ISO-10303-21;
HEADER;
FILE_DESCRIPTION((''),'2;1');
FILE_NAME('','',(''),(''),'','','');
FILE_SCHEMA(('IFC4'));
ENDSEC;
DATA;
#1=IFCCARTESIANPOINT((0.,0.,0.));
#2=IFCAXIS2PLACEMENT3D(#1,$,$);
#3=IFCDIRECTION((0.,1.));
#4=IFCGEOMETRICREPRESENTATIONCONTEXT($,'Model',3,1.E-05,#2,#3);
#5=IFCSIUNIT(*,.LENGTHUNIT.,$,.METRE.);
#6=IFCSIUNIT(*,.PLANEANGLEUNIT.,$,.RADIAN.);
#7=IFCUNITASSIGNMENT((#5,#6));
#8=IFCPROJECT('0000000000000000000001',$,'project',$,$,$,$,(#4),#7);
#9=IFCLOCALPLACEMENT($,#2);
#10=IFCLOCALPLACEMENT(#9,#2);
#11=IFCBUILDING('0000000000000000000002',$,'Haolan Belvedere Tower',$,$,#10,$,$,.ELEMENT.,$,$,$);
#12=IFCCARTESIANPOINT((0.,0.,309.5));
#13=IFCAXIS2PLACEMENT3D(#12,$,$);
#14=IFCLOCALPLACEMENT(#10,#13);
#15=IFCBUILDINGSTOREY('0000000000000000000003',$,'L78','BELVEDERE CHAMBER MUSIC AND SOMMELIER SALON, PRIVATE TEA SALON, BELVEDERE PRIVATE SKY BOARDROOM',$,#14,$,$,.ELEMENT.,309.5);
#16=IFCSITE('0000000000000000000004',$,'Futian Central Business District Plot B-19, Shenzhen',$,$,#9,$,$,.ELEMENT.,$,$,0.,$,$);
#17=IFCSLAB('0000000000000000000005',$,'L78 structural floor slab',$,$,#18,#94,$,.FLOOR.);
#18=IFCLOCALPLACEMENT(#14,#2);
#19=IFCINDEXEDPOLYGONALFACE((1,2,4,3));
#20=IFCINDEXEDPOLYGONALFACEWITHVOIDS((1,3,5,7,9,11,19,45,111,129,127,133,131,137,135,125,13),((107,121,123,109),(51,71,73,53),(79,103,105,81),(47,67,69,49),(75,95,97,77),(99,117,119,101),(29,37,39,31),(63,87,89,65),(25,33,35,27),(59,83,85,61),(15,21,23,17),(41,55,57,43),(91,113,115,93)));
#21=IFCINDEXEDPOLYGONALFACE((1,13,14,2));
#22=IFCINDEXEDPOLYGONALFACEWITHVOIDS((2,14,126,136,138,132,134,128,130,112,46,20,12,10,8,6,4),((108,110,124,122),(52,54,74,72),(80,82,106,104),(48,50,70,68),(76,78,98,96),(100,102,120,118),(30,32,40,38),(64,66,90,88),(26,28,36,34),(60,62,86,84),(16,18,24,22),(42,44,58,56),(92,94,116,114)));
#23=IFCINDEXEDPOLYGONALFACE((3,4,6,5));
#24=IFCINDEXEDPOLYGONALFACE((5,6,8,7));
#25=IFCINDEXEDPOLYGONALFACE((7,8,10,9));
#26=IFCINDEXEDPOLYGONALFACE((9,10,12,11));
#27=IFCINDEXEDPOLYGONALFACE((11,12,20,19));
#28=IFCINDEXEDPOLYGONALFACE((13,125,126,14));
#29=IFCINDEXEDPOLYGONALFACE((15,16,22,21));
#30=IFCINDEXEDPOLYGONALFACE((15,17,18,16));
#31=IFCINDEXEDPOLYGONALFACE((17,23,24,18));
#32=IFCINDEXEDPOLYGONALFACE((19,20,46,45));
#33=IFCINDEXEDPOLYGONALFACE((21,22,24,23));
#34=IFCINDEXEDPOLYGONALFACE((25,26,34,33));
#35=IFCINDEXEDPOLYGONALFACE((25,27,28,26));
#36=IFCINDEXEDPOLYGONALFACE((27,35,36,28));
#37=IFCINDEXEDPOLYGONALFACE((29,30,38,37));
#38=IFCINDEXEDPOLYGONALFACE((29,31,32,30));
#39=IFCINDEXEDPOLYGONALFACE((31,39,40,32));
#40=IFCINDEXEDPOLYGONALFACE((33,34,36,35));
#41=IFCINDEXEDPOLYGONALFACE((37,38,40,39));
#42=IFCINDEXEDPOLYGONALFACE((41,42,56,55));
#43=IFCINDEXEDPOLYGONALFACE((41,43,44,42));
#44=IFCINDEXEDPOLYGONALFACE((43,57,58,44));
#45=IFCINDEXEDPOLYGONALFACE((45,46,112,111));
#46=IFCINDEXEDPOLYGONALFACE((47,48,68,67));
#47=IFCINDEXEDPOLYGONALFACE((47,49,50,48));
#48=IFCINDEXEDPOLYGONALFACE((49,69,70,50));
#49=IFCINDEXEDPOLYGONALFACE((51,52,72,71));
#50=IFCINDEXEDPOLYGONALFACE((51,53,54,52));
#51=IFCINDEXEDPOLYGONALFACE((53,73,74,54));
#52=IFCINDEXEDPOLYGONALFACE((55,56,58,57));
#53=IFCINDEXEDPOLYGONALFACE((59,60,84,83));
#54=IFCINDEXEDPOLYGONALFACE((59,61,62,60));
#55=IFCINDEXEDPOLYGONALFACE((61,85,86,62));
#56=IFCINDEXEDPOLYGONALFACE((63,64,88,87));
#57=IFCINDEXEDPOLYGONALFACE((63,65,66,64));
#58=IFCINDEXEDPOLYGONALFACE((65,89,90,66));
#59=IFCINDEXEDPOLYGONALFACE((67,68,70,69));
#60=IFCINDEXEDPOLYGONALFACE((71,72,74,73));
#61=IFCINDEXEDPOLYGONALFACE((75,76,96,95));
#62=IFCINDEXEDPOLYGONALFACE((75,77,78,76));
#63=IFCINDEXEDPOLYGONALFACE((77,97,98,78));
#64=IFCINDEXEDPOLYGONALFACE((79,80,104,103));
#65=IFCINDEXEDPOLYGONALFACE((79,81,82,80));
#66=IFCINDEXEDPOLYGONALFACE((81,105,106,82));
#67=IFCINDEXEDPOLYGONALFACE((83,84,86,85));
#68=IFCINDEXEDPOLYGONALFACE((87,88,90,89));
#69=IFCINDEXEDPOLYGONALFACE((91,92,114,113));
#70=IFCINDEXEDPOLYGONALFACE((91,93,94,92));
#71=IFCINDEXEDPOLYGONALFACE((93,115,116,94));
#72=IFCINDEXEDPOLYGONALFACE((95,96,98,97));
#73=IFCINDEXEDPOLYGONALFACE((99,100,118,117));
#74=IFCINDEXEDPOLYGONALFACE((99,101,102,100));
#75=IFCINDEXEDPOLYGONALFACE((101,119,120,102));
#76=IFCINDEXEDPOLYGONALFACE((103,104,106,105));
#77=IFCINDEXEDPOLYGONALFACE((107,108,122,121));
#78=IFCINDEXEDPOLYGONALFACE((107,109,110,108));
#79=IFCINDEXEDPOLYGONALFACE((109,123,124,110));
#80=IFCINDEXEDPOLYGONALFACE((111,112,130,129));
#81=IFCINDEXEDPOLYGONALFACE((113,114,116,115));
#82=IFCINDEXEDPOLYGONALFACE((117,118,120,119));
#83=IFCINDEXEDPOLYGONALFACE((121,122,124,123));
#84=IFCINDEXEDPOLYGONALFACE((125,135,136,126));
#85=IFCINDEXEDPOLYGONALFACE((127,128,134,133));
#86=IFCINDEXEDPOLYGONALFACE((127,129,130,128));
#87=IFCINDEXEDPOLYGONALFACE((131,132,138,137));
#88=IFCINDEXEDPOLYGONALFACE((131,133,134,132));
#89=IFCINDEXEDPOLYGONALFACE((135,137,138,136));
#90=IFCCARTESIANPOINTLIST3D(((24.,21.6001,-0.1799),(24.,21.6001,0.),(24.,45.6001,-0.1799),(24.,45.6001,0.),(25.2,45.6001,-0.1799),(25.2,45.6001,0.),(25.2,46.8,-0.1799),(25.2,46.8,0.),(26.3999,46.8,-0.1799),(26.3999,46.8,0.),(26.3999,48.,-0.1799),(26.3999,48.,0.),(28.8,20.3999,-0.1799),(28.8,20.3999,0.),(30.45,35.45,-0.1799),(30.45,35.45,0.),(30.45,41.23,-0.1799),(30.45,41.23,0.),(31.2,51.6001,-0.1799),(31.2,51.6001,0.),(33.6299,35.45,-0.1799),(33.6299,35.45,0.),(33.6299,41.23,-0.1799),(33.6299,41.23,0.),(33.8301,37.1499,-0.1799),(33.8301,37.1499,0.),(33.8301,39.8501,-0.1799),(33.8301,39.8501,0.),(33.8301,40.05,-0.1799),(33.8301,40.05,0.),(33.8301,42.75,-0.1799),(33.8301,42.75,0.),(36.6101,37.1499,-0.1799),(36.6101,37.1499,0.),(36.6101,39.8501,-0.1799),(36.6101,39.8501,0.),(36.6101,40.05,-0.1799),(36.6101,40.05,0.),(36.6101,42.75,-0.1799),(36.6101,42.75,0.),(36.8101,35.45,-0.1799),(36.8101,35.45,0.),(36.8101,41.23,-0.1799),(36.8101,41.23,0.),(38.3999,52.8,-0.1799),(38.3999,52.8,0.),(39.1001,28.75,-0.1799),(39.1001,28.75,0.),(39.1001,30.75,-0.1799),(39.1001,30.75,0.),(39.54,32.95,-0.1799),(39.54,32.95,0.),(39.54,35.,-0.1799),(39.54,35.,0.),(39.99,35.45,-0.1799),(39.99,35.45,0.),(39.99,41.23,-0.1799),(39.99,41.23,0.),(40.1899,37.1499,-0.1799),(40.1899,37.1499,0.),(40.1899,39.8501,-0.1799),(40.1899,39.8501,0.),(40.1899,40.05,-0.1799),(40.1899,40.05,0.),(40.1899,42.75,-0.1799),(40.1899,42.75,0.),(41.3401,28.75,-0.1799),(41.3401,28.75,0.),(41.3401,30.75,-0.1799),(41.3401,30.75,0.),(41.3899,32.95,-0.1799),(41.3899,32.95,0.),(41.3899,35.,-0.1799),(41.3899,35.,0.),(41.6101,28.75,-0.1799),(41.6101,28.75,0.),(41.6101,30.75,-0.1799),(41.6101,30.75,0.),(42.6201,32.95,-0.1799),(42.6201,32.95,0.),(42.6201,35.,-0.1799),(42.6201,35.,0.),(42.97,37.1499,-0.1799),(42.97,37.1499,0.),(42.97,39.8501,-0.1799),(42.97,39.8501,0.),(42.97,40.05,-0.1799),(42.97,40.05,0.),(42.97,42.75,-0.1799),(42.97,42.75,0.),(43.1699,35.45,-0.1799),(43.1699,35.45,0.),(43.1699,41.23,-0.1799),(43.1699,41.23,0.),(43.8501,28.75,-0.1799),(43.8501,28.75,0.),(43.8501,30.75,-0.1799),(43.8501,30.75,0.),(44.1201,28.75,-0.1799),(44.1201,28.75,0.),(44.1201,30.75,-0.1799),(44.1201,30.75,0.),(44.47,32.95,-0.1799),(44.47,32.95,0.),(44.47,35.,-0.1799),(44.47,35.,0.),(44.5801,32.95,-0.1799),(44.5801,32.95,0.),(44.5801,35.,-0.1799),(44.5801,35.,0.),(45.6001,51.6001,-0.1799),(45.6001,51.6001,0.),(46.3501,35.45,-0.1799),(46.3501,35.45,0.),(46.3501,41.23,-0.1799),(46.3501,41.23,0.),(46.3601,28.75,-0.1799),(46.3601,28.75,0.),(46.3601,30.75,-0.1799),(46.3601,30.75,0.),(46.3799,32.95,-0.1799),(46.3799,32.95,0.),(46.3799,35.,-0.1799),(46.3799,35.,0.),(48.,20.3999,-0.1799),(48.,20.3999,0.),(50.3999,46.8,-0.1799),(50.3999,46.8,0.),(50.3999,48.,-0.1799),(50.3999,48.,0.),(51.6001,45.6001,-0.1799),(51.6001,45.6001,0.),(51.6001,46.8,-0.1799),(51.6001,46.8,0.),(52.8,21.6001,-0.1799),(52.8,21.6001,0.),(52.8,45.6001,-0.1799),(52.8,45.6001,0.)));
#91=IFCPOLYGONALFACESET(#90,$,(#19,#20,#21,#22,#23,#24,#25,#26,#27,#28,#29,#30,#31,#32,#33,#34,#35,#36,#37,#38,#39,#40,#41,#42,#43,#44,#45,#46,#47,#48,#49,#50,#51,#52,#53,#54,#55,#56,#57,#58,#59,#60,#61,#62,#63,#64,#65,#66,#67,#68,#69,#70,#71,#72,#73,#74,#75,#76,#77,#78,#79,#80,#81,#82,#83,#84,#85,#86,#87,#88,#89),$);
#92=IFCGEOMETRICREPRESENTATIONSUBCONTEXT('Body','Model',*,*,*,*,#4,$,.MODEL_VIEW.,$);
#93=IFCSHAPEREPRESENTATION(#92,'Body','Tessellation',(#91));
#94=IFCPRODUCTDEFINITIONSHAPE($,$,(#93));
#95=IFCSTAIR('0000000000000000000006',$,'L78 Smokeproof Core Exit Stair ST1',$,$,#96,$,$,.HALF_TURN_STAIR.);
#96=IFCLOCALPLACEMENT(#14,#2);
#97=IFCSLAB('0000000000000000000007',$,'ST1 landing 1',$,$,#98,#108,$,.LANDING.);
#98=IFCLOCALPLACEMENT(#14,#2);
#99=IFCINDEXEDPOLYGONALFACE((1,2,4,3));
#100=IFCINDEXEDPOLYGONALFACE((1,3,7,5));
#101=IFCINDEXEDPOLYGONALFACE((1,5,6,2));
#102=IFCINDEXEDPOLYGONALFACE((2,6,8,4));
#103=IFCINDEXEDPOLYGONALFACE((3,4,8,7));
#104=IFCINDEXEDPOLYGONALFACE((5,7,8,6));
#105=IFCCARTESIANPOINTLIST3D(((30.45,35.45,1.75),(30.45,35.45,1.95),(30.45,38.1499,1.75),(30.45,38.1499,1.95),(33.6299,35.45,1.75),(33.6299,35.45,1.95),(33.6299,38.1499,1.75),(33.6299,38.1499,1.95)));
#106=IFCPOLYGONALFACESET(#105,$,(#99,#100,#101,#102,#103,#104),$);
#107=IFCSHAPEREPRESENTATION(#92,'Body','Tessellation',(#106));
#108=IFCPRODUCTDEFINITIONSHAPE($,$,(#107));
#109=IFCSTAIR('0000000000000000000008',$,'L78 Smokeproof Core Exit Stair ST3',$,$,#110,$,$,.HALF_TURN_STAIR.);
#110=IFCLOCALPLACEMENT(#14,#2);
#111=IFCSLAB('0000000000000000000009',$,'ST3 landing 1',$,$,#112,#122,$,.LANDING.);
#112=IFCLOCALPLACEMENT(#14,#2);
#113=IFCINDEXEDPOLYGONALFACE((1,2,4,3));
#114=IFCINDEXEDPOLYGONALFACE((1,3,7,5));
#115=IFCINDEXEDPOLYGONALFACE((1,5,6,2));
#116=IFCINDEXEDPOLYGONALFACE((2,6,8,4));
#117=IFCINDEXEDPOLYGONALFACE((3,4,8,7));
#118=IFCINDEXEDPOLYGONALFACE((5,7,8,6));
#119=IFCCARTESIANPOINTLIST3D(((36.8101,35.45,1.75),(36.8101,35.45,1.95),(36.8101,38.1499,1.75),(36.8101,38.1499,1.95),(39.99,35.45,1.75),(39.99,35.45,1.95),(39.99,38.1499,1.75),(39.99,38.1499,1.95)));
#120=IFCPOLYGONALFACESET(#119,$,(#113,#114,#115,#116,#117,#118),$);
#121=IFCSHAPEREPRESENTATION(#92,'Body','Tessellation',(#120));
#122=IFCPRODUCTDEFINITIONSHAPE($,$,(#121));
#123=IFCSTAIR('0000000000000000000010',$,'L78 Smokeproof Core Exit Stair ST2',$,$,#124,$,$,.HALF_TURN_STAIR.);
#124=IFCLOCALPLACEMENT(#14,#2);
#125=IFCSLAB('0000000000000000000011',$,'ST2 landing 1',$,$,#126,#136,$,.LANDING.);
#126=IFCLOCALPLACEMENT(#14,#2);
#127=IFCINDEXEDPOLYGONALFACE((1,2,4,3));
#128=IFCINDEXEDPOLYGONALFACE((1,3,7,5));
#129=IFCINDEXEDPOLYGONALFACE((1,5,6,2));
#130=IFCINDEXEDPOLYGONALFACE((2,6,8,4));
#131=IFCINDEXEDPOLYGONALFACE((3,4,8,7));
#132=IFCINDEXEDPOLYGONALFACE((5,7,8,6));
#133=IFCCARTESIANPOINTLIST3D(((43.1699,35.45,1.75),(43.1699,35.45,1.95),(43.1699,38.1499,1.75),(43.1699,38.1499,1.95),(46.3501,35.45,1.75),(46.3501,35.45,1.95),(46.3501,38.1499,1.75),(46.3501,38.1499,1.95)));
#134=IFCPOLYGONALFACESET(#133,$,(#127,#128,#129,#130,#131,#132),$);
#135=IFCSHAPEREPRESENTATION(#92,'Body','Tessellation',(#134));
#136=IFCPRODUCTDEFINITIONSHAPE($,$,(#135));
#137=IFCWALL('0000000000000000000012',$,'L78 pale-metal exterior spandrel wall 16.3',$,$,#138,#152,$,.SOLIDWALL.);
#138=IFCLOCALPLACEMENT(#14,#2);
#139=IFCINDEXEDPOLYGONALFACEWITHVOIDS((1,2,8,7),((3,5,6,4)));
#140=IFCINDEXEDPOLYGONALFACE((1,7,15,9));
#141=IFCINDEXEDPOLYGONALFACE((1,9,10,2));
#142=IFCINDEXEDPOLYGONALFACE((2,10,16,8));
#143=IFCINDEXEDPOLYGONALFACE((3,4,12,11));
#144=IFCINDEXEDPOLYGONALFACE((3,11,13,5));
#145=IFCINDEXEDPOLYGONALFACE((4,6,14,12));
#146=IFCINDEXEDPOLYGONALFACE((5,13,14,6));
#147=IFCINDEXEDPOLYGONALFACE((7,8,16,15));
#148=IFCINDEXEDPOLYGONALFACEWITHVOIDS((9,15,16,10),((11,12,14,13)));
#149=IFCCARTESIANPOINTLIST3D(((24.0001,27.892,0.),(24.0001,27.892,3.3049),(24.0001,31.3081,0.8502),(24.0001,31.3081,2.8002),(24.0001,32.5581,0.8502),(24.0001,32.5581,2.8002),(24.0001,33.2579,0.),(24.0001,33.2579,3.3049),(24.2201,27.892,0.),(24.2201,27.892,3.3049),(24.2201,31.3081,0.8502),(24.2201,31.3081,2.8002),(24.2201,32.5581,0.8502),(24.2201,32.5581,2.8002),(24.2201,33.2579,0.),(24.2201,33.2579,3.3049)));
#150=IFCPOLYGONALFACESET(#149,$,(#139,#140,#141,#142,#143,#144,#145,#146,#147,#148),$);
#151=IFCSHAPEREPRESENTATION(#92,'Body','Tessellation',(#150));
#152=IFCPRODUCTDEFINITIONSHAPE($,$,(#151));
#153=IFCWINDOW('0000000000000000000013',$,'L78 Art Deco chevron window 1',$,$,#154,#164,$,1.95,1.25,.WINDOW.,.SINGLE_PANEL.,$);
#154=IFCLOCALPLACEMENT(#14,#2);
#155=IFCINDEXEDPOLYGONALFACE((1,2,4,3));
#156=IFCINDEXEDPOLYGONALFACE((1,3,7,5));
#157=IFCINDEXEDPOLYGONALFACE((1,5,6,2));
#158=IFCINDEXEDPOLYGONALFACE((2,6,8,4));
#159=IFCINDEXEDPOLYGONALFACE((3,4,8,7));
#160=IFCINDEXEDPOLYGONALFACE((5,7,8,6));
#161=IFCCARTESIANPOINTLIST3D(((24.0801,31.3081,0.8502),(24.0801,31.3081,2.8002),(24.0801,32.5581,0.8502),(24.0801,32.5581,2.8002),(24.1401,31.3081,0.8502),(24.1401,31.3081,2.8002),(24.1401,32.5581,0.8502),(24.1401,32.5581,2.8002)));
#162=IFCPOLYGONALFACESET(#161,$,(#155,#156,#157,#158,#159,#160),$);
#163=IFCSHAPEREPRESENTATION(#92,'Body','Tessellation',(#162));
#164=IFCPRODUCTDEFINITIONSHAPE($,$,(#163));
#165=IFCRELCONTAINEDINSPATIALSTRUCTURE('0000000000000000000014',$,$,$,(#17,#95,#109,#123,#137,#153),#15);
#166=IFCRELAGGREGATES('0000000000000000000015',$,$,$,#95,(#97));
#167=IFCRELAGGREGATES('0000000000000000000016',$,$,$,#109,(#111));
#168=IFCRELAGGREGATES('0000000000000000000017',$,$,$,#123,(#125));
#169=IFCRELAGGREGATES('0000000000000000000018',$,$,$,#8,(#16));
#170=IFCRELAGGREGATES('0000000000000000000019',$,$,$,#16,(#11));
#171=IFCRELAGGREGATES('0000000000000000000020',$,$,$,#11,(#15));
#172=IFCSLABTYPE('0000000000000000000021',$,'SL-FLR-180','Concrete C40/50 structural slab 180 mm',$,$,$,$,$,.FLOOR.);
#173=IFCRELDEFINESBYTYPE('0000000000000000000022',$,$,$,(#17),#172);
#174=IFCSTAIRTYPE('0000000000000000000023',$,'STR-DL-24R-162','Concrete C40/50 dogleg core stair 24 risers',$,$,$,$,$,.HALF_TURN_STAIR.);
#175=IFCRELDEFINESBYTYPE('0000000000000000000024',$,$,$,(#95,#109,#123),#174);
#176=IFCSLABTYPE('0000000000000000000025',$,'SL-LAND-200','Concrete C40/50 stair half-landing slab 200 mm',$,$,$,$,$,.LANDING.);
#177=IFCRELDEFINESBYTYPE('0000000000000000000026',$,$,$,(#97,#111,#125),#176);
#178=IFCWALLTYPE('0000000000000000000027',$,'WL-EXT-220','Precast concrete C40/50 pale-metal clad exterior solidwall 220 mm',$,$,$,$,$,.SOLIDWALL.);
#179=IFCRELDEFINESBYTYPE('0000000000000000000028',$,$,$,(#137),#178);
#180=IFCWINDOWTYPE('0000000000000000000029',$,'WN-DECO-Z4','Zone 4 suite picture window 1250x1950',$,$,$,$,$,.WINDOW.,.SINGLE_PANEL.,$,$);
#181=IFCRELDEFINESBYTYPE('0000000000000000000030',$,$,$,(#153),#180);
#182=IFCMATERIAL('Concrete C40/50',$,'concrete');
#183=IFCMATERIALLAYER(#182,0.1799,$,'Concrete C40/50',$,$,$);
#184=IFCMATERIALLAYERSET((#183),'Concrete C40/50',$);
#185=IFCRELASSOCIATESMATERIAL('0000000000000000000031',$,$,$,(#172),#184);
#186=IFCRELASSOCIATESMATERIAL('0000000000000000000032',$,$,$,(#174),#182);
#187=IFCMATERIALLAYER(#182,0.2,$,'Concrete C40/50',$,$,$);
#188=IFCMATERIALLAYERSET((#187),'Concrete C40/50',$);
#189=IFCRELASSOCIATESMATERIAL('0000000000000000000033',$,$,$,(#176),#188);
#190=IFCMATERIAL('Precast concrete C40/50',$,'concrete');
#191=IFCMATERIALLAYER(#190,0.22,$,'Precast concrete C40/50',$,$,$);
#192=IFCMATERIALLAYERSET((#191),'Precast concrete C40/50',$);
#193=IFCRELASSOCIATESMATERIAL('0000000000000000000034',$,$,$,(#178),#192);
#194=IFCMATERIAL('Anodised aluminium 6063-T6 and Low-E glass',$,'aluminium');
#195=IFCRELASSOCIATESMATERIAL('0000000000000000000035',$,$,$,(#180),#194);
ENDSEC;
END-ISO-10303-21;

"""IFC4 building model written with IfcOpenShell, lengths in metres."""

from ifc_helpers import new_model, si_unit, direction, frame, frame_2d, origin, place, context, subcontext, project, spatial, polyline, rectangle, outline, extrude, material, layer, layer_set, type_object, element, fill, aggregate, save


model = new_model("IFC4")

# Units and contexts
model_context = context("Model", 3, precision=1e-05, world=origin(), true_north=direction((0.0, 1.0)))
body_context = subcontext(model_context, "Body", "Model", "MODEL_VIEW")
ifc_project = project(units=[si_unit("LENGTHUNIT", "METRE"), si_unit("PLANEANGLEUNIT", "RADIAN")], contexts=[model_context])

# Site, building, storey
site_placement = place(None, origin())
site = spatial("IfcSite", under=ifc_project, at=site_placement, Name="Futian Central Business District Plot B-19, Shenzhen", CompositionType="ELEMENT", RefElevation=0.0)
building_placement = place(site_placement, origin())
building = spatial("IfcBuilding", under=site, at=building_placement, Name="Haolan Belvedere Tower", CompositionType="ELEMENT")
storey_placement = place(building_placement, frame((0.0, 0.0, 309.5)))
storey = spatial("IfcBuildingStorey", under=building, at=storey_placement, Name="L78", Description="BELVEDERE CHAMBER MUSIC AND SOMMELIER SALON, PRIVATE TEA SALON, BELVEDERE PRIVATE SKY BOARDROOM", CompositionType="ELEMENT", Elevation=309.5)

# Slab
ifc_material_1 = material(Name="Concrete C40/50", Category="concrete")
ifc_layer_1 = layer(ifc_material_1, 0.1799, Name="Concrete C40/50")
ifc_layer_set_1 = layer_set([ifc_layer_1], Name="Concrete C40/50")
slab_type_1 = type_object("IfcSlabType", Name="SL-FLR-180", Description="Concrete C40/50 structural slab 180 mm", PredefinedType="FLOOR", material=ifc_layer_set_1)
slab_1_placement = place(storey_placement, frame((0.0, 0.0, -0.1799)))
element("IfcSlab", 1, at=slab_1_placement, inside=storey, type_object=slab_type_1, Name="L78 structural floor slab", PredefinedType="FLOOR", context=body_context, shape_type="SweptSolid", body=[
    extrude(outline(polyline([(24.0, 21.6001), (28.8, 20.3999), (48.0, 20.3999), (52.8, 21.6001), (52.8, 45.6001), (52.8, 45.6001), (51.6001, 45.6001), (51.6001, 46.8), (50.3999, 46.8), (50.3999, 48.0), (45.6001, 51.6001), (38.3999, 52.8), (31.2, 51.6001), (26.3999, 48.0), (26.3999, 46.8), (25.2, 46.8), (25.2, 45.6001), (24.0, 45.6001), (24.0, 45.6001), (24.0, 21.6001)]), holes=[polyline([(30.45, 41.23), (30.45, 35.45), (33.6299, 35.45), (33.6299, 41.23), (30.45, 41.23)]), polyline([(36.8101, 41.23), (36.8101, 35.45), (39.99, 35.45), (39.99, 41.23), (36.8101, 41.23)]), polyline([(43.1699, 41.23), (43.1699, 35.45), (46.3501, 35.45), (46.3501, 41.23), (43.1699, 41.23)]), polyline([(33.8301, 40.05), (36.6101, 40.05), (36.6101, 42.75), (33.8301, 42.75), (33.8301, 40.05)]), polyline([(33.8301, 37.1499), (36.6101, 37.1499), (36.6101, 39.8501), (33.8301, 39.8501), (33.8301, 37.1499)]), polyline([(40.1899, 40.05), (42.97, 40.05), (42.97, 42.75), (40.1899, 42.75), (40.1899, 40.05)]), polyline([(40.1899, 37.1499), (42.97, 37.1499), (42.97, 39.8501), (40.1899, 39.8501), (40.1899, 37.1499)]), polyline([(39.54, 32.95), (41.3899, 32.95), (41.3899, 35.0), (39.54, 35.0), (39.54, 32.95)]), polyline([(42.6201, 32.95), (44.47, 32.95), (44.47, 35.0), (42.6201, 35.0), (42.6201, 32.95)]), polyline([(44.5801, 32.95), (46.3799, 32.95), (46.3799, 35.0), (44.5801, 35.0), (44.5801, 32.95)]), polyline([(39.1001, 28.75), (41.3401, 28.75), (41.3401, 30.75), (39.1001, 30.75), (39.1001, 28.75)]), polyline([(41.6101, 28.75), (43.8501, 28.75), (43.8501, 30.75), (41.6101, 30.75), (41.6101, 28.75)]), polyline([(44.1201, 28.75), (46.3601, 28.75), (46.3601, 30.75), (44.1201, 30.75), (44.1201, 28.75)])]), origin(), (0.0, 0.0, 1.0), 0.1799),
])

# Stairs, slabs
stair_type = type_object("IfcStairType", Name="STR-DL-24R-162", Description="Concrete C40/50 dogleg core stair 24 risers", PredefinedType="HALF_TURN_STAIR", material=ifc_material_1)
stair_1_placement = place(storey_placement, origin())
stair_1 = element("IfcStair", 2, at=stair_1_placement, inside=storey, type_object=stair_type, Name="L78 Smokeproof Core Exit Stair ST1", PredefinedType="HALF_TURN_STAIR")
ifc_layer_2 = layer(ifc_material_1, 0.2, Name="Concrete C40/50")
ifc_layer_set_2 = layer_set([ifc_layer_2], Name="Concrete C40/50")
slab_type_2 = type_object("IfcSlabType", Name="SL-LAND-200", Description="Concrete C40/50 stair half-landing slab 200 mm", PredefinedType="LANDING", material=ifc_layer_set_2)
slab_2_placement = place(storey_placement, frame((0.0, 0.0, 1.75)))
slab_2 = element("IfcSlab", 3, at=slab_2_placement, type_object=slab_type_2, Name="ST1 landing 1", PredefinedType="LANDING", context=body_context, shape_type="SweptSolid", body=[
    extrude(outline(polyline([(30.45, 38.1499), (30.45, 35.45), (33.6299, 35.45), (33.6299, 38.1499), (30.45, 38.1499)])), origin(), (0.0, 0.0, 1.0), 0.2),
])
aggregate(stair_1, [slab_2])
stair_2_placement = place(storey_placement, origin())
stair_2 = element("IfcStair", 4, at=stair_2_placement, inside=storey, type_object=stair_type, Name="L78 Smokeproof Core Exit Stair ST3", PredefinedType="HALF_TURN_STAIR")
slab_3_placement = place(storey_placement, frame((0.0, 0.0, 1.75)))
slab_3 = element("IfcSlab", 5, at=slab_3_placement, type_object=slab_type_2, Name="ST3 landing 1", PredefinedType="LANDING", context=body_context, shape_type="SweptSolid", body=[
    extrude(outline(polyline([(36.8101, 38.1499), (36.8101, 35.45), (39.99, 35.45), (39.99, 38.1499), (36.8101, 38.1499)])), origin(), (0.0, 0.0, 1.0), 0.2),
])
aggregate(stair_2, [slab_3])
stair_3_placement = place(storey_placement, origin())
stair_3 = element("IfcStair", 6, at=stair_3_placement, inside=storey, type_object=stair_type, Name="L78 Smokeproof Core Exit Stair ST2", PredefinedType="HALF_TURN_STAIR")
slab_4_placement = place(storey_placement, frame((0.0, 0.0, 1.75)))
slab_4 = element("IfcSlab", 7, at=slab_4_placement, type_object=slab_type_2, Name="ST2 landing 1", PredefinedType="LANDING", context=body_context, shape_type="SweptSolid", body=[
    extrude(outline(polyline([(43.1699, 38.1499), (43.1699, 35.45), (46.3501, 35.45), (46.3501, 38.1499), (43.1699, 38.1499)])), origin(), (0.0, 0.0, 1.0), 0.2),
])
aggregate(stair_3, [slab_4])

# Wall, opening, window
ifc_material_2 = material(Name="Precast concrete C40/50", Category="concrete")
ifc_layer_3 = layer(ifc_material_2, 0.22, Name="Precast concrete C40/50")
ifc_layer_set_3 = layer_set([ifc_layer_3], Name="Precast concrete C40/50")
wall_type_1 = type_object("IfcWallType", Name="WL-EXT-220", Description="Precast concrete C40/50 pale-metal clad exterior solidwall 220 mm", PredefinedType="SOLIDWALL", material=ifc_layer_set_3)
wall_1_placement = place(storey_placement, frame((24.1101, 33.2581, 0.0), z_axis=(0.0, 0.0, 1.0), x_axis=(0.0, -1.0, 0.0)))
wall_1 = element("IfcWall", 8, at=wall_1_placement, inside=storey, type_object=wall_type_1, Name="L78 pale-metal exterior spandrel wall 16.3", PredefinedType="SOLIDWALL", context=body_context, shape_type="SweptSolid", body=[
    extrude(rectangle(XDim=5.366, YDim=0.22, at=frame_2d((2.6831, 0.0))), origin(), (0.0, 0.0, 1.0), 3.3049),
])
opening_1_placement = place(wall_1_placement, frame((0.7, 0.0, 0.8501)))
opening_1 = element("IfcOpeningElement", 9, at=opening_1_placement, cuts=wall_1, PredefinedType="OPENING", context=body_context, shape_type="SweptSolid", body=[
    extrude(rectangle(XDim=1.25, YDim=1.95, at=frame_2d((0.625, 0.9751))), frame((0.0, 0.1199, 0.0), z_axis=(0.0, -1.0, 0.0), x_axis=(1.0, 0.0, 0.0)), (0.0, 0.0, 1.0), 0.24),
])
ifc_material_3 = material(Name="Anodised aluminium 6063-T6 and Low-E glass", Category="aluminium")
window_type = type_object("IfcWindowType", Name="WN-DECO-Z4", Description="Zone 4 suite picture window 1250x1950", PartitioningType="SINGLE_PANEL", PredefinedType="WINDOW", material=ifc_material_3)
window_1_placement = place(opening_1_placement, origin())
window_1 = element("IfcWindow", 10, at=window_1_placement, inside=storey, type_object=window_type, Name="L78 Art Deco chevron window 1", OverallHeight=1.95, OverallWidth=1.25, PartitioningType="SINGLE_PANEL", PredefinedType="WINDOW", context=body_context, shape_type="SweptSolid", body=[
    extrude(rectangle(XDim=1.25, YDim=1.95, at=frame_2d((0.625, 0.9751))), frame((0.0, 0.03, 0.0), z_axis=(0.0, -1.0, 0.0), x_axis=(1.0, 0.0, 0.0)), (0.0, 0.0, 1.0), 0.0601),
])
fill(opening_1, window_1)

save(model, "model.ifc")
